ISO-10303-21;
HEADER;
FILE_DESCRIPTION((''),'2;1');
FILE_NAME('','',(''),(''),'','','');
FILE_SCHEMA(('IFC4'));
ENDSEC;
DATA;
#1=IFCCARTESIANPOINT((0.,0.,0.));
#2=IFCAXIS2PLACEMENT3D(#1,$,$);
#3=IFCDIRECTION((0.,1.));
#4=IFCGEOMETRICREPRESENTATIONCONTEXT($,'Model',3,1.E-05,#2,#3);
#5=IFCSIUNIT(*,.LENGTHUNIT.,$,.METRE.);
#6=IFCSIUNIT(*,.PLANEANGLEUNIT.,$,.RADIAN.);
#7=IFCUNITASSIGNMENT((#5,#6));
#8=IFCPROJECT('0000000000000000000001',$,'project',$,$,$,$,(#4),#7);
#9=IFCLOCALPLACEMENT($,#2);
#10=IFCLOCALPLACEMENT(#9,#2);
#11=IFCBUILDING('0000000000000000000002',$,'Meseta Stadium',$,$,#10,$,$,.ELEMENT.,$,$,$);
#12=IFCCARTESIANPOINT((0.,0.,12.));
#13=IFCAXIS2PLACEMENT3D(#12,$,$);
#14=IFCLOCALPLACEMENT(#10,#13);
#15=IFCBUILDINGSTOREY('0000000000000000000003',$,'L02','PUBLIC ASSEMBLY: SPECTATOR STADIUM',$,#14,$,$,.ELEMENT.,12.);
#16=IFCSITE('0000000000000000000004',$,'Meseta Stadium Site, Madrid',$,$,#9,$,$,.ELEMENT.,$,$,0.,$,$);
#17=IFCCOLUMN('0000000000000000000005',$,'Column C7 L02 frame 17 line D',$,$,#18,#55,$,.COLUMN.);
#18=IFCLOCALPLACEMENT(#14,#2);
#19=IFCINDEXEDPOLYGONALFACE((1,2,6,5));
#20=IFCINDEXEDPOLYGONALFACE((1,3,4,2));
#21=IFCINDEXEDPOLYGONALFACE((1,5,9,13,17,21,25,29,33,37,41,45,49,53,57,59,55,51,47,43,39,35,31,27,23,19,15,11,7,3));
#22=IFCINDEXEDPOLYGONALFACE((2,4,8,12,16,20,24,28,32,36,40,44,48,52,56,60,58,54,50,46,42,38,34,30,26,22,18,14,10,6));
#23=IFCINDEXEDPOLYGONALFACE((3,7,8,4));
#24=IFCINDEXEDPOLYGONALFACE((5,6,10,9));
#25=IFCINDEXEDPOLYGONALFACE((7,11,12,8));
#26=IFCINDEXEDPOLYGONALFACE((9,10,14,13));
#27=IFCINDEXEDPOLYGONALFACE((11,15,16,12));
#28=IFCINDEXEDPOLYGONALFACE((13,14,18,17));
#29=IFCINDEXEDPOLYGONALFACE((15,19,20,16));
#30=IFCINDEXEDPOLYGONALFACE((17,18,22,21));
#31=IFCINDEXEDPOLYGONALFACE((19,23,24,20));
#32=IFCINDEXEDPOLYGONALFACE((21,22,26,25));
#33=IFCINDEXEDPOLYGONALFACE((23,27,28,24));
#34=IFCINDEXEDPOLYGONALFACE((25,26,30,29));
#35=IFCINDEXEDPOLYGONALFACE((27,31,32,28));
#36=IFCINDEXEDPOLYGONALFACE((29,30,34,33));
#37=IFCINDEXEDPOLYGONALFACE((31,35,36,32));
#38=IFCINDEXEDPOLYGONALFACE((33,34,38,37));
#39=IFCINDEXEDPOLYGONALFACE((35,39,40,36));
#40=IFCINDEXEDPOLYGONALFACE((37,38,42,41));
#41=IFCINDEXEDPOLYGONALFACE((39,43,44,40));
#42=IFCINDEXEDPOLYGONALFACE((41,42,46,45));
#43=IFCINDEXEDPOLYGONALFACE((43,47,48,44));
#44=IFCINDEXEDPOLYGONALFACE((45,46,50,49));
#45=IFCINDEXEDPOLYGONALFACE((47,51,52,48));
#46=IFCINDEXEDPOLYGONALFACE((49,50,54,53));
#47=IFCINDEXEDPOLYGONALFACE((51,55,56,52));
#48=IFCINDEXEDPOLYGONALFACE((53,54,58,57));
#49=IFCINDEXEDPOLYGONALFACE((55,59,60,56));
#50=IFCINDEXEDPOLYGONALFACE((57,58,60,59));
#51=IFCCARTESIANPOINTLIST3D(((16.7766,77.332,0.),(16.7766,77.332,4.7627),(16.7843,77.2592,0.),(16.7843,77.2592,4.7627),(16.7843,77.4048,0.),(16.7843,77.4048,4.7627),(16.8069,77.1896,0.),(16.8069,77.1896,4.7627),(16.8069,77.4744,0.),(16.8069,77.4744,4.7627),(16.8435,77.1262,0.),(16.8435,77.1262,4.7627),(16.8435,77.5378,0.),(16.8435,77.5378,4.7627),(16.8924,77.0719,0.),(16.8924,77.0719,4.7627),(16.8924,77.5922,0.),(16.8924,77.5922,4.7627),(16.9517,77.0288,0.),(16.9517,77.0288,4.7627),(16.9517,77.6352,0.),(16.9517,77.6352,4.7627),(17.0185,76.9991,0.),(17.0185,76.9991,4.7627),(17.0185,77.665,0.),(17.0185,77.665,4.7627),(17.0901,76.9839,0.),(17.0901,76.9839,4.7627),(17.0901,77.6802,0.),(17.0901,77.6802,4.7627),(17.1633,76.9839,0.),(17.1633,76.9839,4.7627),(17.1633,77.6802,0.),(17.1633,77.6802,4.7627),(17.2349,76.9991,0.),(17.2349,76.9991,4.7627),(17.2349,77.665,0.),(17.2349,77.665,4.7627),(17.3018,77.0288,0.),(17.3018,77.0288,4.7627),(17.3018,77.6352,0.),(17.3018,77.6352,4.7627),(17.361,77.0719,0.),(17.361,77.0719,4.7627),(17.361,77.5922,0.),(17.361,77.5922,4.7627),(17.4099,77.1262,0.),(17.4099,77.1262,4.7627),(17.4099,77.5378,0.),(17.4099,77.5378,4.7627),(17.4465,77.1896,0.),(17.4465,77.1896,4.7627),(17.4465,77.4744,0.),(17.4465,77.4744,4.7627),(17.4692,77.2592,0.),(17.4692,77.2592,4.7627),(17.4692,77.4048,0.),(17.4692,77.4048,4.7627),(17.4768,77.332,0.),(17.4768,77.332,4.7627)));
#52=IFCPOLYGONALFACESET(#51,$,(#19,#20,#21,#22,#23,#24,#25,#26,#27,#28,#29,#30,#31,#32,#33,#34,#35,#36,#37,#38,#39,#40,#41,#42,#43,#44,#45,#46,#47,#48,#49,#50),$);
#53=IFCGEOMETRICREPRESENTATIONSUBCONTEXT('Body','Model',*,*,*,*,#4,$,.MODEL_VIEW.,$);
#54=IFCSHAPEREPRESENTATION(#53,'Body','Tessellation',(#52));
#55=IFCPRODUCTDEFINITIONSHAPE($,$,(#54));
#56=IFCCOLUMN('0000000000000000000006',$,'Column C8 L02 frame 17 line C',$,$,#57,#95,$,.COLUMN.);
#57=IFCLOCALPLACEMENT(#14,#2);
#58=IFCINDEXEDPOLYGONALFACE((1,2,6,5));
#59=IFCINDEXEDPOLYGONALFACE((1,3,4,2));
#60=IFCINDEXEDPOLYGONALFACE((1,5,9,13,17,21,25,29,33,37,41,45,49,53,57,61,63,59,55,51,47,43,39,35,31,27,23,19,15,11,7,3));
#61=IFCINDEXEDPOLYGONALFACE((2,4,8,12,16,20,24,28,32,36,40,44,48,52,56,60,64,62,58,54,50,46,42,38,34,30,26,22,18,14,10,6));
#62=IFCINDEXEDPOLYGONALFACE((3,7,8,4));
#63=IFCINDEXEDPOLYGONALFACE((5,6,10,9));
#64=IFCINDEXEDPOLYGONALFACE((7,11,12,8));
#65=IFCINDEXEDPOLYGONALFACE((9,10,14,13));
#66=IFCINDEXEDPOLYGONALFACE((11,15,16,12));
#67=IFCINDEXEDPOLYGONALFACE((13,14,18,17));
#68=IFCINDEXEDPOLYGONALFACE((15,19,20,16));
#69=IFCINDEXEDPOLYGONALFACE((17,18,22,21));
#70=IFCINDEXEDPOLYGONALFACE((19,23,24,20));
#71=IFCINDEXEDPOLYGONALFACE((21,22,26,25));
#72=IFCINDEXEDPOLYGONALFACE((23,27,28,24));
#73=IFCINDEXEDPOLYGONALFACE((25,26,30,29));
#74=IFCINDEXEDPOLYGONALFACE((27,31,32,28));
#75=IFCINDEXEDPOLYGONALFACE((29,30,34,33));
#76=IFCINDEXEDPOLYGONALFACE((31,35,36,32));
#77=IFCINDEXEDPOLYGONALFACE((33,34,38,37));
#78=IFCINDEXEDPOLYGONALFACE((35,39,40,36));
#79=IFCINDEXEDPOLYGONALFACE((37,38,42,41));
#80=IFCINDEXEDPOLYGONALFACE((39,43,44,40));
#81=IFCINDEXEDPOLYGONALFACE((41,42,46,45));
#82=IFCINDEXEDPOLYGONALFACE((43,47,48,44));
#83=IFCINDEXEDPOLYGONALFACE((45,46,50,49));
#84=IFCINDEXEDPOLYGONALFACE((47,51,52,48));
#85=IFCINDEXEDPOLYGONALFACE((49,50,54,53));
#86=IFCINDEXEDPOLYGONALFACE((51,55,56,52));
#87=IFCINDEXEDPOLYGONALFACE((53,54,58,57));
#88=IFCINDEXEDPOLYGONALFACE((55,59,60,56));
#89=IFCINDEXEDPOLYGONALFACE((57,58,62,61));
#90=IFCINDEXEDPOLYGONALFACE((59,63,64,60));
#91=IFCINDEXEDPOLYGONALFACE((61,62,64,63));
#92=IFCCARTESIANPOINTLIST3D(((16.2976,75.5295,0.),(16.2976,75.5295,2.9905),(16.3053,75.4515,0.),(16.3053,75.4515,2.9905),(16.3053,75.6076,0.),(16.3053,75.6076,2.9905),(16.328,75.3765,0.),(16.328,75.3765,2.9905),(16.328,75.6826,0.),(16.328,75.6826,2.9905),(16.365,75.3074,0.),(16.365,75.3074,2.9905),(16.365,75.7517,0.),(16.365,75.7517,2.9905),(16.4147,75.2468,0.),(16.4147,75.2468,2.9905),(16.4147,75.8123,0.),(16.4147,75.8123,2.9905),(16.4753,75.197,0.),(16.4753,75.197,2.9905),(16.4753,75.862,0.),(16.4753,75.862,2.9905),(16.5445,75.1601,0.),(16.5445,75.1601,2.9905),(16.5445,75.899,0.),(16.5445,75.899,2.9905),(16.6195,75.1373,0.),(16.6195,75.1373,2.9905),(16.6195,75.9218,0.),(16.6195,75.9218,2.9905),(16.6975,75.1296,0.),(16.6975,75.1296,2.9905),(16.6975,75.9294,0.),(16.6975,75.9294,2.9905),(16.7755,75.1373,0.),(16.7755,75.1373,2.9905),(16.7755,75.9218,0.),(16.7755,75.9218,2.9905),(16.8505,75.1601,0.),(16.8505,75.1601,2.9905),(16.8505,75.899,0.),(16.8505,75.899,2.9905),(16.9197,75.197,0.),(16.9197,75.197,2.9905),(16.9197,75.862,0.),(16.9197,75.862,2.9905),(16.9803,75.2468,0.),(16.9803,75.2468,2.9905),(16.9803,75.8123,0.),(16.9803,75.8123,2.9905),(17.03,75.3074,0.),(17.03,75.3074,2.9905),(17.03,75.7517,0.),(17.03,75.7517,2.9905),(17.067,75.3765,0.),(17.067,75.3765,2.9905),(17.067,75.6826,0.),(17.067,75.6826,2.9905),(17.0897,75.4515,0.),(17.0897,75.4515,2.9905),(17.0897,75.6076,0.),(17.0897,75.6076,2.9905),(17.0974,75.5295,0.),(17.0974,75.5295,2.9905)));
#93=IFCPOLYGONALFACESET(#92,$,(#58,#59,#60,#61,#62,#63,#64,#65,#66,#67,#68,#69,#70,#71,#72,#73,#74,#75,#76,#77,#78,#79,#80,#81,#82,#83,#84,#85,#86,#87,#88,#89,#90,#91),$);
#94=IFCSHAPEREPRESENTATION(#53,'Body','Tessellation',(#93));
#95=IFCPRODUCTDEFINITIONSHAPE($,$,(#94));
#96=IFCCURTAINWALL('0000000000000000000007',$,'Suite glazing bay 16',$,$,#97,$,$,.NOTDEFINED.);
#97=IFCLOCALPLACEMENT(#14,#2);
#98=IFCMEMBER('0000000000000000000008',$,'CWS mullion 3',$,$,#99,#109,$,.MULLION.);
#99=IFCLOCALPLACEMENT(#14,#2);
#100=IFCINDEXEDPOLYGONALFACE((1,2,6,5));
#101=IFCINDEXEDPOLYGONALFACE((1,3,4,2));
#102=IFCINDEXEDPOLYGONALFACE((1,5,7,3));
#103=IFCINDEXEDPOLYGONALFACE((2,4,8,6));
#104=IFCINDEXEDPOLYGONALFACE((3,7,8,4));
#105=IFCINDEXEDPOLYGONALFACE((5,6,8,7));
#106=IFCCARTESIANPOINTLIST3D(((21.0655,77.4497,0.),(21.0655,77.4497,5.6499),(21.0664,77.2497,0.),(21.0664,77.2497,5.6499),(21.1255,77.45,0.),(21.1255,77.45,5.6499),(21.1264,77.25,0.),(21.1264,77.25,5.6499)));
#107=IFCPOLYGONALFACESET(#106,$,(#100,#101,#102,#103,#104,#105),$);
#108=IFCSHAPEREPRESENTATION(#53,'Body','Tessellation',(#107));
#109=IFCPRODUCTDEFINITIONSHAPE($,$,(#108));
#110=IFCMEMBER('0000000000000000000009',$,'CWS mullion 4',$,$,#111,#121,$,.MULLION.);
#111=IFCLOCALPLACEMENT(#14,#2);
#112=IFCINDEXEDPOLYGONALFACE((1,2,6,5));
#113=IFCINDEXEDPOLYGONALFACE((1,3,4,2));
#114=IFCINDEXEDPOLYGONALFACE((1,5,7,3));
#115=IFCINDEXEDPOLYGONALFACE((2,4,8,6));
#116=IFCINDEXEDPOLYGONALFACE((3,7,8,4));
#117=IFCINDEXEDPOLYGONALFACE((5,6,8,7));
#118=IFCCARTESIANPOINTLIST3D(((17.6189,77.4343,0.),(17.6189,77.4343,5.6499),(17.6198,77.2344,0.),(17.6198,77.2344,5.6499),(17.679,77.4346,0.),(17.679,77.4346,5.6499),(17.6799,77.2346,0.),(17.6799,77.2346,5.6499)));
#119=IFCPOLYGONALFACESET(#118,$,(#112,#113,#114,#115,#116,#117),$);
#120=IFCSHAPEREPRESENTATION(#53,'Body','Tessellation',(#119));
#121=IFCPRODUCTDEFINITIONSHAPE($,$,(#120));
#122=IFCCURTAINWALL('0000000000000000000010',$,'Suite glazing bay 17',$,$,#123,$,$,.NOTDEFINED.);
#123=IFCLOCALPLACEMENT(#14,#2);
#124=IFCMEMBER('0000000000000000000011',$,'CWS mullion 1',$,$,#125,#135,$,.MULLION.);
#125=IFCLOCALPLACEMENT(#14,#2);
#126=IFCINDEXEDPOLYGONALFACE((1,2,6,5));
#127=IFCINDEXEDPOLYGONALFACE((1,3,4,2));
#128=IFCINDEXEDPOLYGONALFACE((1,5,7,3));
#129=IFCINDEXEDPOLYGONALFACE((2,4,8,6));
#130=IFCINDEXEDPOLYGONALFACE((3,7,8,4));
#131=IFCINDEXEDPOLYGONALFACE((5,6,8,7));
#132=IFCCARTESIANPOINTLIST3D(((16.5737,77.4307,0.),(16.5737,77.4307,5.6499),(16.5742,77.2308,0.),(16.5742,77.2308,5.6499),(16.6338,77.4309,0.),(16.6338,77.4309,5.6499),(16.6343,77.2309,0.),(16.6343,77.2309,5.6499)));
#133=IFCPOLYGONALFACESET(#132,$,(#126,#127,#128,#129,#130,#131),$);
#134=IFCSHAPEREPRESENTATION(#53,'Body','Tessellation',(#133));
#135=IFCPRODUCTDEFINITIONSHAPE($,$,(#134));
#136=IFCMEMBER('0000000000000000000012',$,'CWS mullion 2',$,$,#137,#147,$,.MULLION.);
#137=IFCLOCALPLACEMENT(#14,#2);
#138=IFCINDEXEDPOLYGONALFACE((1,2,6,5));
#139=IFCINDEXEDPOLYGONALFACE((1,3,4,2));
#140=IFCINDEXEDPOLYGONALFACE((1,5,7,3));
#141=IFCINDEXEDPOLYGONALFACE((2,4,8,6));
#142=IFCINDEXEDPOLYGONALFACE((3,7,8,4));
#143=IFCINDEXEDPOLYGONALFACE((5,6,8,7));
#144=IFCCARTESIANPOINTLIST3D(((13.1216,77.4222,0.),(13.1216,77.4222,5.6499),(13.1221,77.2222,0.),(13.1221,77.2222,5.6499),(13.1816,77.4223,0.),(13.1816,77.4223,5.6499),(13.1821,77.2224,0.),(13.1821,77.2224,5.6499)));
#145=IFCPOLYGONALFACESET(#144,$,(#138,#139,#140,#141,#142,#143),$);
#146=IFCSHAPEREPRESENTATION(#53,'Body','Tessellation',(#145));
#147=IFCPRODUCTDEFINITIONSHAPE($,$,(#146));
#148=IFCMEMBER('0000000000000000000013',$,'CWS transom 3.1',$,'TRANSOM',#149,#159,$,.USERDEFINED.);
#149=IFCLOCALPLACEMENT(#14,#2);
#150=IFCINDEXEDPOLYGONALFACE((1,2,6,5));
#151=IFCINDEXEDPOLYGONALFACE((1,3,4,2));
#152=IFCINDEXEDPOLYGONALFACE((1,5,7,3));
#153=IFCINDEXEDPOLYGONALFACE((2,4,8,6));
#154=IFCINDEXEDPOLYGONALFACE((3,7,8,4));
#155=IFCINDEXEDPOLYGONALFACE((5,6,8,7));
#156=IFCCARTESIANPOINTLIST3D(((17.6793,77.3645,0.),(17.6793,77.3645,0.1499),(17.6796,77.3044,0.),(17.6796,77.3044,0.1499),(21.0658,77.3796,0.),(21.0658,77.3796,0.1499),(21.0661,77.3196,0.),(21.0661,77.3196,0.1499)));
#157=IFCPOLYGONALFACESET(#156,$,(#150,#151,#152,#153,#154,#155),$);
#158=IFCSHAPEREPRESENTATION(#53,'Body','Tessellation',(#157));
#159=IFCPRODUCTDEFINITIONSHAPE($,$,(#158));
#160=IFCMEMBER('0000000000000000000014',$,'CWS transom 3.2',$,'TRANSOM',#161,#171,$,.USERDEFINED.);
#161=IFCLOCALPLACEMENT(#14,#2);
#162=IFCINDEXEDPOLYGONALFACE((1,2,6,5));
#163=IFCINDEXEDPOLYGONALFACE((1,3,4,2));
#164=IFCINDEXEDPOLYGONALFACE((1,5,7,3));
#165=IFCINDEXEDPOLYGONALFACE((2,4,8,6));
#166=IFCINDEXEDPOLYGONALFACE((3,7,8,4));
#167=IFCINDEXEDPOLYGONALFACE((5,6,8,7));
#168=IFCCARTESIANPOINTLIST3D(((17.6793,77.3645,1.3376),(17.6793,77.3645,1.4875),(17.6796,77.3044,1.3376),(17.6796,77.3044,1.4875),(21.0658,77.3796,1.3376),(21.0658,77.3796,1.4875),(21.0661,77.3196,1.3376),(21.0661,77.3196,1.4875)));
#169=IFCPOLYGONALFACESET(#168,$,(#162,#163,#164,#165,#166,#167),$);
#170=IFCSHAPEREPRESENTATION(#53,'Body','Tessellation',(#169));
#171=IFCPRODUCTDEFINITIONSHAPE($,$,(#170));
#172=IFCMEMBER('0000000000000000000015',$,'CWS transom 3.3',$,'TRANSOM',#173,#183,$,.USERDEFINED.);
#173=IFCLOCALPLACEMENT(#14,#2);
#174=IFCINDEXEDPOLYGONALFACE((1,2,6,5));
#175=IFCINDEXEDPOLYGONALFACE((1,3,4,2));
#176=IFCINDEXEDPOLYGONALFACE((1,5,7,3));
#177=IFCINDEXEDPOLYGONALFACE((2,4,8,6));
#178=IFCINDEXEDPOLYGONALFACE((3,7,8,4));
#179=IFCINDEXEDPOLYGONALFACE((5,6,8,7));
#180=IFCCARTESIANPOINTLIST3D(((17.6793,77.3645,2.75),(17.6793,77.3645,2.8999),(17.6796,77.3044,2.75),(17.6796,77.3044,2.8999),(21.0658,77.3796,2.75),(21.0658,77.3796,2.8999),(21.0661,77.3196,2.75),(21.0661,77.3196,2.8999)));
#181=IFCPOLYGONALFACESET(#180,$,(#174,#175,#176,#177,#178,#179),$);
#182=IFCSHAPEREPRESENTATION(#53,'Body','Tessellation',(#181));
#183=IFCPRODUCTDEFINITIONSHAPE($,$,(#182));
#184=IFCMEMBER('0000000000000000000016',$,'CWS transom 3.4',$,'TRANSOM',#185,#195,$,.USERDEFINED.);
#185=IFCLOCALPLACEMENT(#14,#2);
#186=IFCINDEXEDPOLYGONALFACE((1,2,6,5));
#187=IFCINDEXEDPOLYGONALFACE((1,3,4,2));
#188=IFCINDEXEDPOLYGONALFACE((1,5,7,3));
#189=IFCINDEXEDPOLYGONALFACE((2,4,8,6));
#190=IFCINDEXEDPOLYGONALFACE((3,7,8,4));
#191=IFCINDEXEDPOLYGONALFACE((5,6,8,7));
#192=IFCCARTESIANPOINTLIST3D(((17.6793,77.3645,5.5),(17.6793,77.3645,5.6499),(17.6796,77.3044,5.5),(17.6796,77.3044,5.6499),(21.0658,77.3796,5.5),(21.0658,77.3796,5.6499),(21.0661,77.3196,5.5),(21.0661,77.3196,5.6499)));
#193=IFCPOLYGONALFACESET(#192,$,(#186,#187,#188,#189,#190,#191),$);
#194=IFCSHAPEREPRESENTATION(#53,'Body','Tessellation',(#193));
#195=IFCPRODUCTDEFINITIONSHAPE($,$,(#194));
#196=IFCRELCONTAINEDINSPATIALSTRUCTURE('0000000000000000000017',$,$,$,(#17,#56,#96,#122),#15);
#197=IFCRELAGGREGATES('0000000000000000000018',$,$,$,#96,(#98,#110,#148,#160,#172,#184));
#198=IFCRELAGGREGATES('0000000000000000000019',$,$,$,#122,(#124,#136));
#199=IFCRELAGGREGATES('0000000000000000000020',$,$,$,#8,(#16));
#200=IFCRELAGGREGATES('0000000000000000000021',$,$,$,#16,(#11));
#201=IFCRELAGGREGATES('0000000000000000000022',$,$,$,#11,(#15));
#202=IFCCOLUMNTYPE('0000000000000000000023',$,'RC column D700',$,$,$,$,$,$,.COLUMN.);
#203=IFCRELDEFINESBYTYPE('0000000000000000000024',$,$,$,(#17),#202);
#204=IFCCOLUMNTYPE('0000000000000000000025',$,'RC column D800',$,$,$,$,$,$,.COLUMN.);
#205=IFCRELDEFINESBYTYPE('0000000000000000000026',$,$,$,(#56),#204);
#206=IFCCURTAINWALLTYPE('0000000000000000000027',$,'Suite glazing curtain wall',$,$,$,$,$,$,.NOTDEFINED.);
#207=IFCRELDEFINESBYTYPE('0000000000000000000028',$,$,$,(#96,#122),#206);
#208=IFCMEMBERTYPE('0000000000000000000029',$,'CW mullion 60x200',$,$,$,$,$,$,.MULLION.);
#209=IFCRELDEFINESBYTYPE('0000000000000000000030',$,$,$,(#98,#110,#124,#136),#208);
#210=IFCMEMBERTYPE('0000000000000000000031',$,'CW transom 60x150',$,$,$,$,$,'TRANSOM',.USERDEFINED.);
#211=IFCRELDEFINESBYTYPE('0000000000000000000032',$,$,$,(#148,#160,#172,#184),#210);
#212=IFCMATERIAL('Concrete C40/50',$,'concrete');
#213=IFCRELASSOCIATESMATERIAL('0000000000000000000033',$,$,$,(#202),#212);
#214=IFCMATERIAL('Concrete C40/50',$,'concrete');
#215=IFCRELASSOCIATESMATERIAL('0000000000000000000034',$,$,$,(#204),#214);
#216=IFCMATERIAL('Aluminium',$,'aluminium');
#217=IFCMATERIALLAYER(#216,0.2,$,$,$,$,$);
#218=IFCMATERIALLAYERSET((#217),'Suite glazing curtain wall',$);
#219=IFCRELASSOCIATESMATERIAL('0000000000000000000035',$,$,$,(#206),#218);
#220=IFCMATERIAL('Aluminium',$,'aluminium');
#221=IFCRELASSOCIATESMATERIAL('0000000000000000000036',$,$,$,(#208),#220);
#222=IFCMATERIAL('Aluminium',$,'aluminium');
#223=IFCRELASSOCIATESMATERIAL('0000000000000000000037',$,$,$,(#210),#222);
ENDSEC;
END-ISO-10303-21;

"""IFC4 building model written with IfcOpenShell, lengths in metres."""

from ifc_helpers import new_model, si_unit, direction, frame, origin, origin_2d, place, context, subcontext, project, spatial, rectangle, circle, extrude, material, layer, layer_set, material_profile, profile_set, type_object, element, aggregate, save


model = new_model("IFC4")

# Units and contexts
model_context = context("Model", 3, precision=1e-05, world=origin(), true_north=direction((0.0, 1.0)))
body_context = subcontext(model_context, "Body", "Model", "MODEL_VIEW")
ifc_project = project(units=[si_unit("LENGTHUNIT", "METRE"), si_unit("PLANEANGLEUNIT", "RADIAN")], contexts=[model_context])

# Site, building, storey
site_placement = place(None, origin())
site = spatial("IfcSite", under=ifc_project, at=site_placement, Name="Meseta Stadium Site, Madrid", CompositionType="ELEMENT", RefElevation=0.0)
building_placement = place(site_placement, origin())
building = spatial("IfcBuilding", under=site, at=building_placement, Name="Meseta Stadium", CompositionType="ELEMENT")
storey_placement = place(building_placement, frame((0.0, 0.0, 12.0)))
storey = spatial("IfcBuildingStorey", under=building, at=storey_placement, Name="L02", Description="PUBLIC ASSEMBLY: SPECTATOR STADIUM", CompositionType="ELEMENT", Elevation=12.0)

# Columns
ifc_material_1 = material(Name="Concrete C40/50", Category="concrete")
ifc_material_profile_1 = material_profile(ifc_material_1, circle(Radius=0.3501, at=origin_2d()), Name="RC D700")
ifc_profile_set_1 = profile_set([ifc_material_profile_1], Name="Concrete C40/50")
column_type_1 = type_object("IfcColumnType", Name="RC column D700", PredefinedType="COLUMN", material=ifc_profile_set_1)
column_1_placement = place(storey_placement, frame((17.1267, 77.332, 0.0), z_axis=(0.0, 0.0, 1.0), x_axis=(1.0, 0.0, 0.0)))
element("IfcColumn", 1, at=column_1_placement, inside=storey, type_object=column_type_1, Name="Column C7 L02 frame 17 line D", PredefinedType="COLUMN", context=body_context, shape_type="SweptSolid", body=[
    extrude(circle(Radius=0.3501, at=origin_2d()), origin(), (0.0, 0.0, 1.0), 4.7627),
])
ifc_material_2 = material(Name="Concrete C40/50", Category="concrete")
ifc_material_profile_2 = material_profile(ifc_material_2, circle(Radius=0.3999, at=origin_2d()), Name="RC D800")
ifc_profile_set_2 = profile_set([ifc_material_profile_2], Name="Concrete C40/50")
column_type_2 = type_object("IfcColumnType", Name="RC column D800", PredefinedType="COLUMN", material=ifc_profile_set_2)
column_2_placement = place(storey_placement, frame((16.6975, 75.5295, 0.0), z_axis=(0.0, 0.0, 1.0), x_axis=(1.0, 0.0, 0.0)))
element("IfcColumn", 2, at=column_2_placement, inside=storey, type_object=column_type_2, Name="Column C8 L02 frame 17 line C", PredefinedType="COLUMN", context=body_context, shape_type="SweptSolid", body=[
    extrude(circle(Radius=0.3999, at=origin_2d()), origin(), (0.0, 0.0, 1.0), 2.9905),
])

# Curtain walls, members
ifc_material_3 = material(Name="Aluminium", Category="aluminium")
ifc_layer_1 = layer(ifc_material_3, 0.2)
ifc_layer_set_1 = layer_set([ifc_layer_1], Name="Suite glazing curtain wall")
curtain_wall_type = type_object("IfcCurtainWallType", Name="Suite glazing curtain wall", PredefinedType="NOTDEFINED", material=ifc_layer_set_1)
curtain_wall_1_placement = place(storey_placement, origin())
curtain_wall_1 = element("IfcCurtainWall", 3, at=curtain_wall_1_placement, inside=storey, type_object=curtain_wall_type, Name="Suite glazing bay 16", PredefinedType="NOTDEFINED")
ifc_material_4 = material(Name="Aluminium", Category="aluminium")
ifc_material_profile_3 = material_profile(ifc_material_4, rectangle(XDim=0.2, YDim=0.0601, at=origin_2d()), Name="CW 200x60")
ifc_profile_set_3 = profile_set([ifc_material_profile_3], Name="Aluminium")
member_type_1 = type_object("IfcMemberType", Name="CW mullion 60x200", PredefinedType="MULLION", material=ifc_profile_set_3)
member_1_placement = place(storey_placement, frame((21.0959, 77.3499, 0.0), z_axis=(0.0, 0.0, 1.0), x_axis=(0.004469, -0.99999, 0.0)))
member_1 = element("IfcMember", 4, at=member_1_placement, type_object=member_type_1, Name="CWS mullion 3", PredefinedType="MULLION", context=body_context, shape_type="SweptSolid", body=[
    extrude(rectangle(XDim=0.2, YDim=0.0601, at=origin_2d()), origin(), (0.0, 0.0, 1.0), 5.6499),
])
member_2_placement = place(storey_placement, frame((17.6494, 77.3345, 0.0), z_axis=(0.0, 0.0, 1.0), x_axis=(0.004469, -0.99999, 0.0)))
member_2 = element("IfcMember", 5, at=member_2_placement, type_object=member_type_1, Name="CWS mullion 4", PredefinedType="MULLION", context=body_context, shape_type="SweptSolid", body=[
    extrude(rectangle(XDim=0.2, YDim=0.0601, at=origin_2d()), origin(), (0.0, 0.0, 1.0), 5.6499),
])
curtain_wall_2_placement = place(storey_placement, origin())
curtain_wall_2 = element("IfcCurtainWall", 6, at=curtain_wall_2_placement, inside=storey, type_object=curtain_wall_type, Name="Suite glazing bay 17", PredefinedType="NOTDEFINED")
member_3_placement = place(storey_placement, frame((16.604, 77.3308, 0.0), z_axis=(0.0, 0.0, 1.0), x_axis=(0.002486, -0.999997, 0.0)))
member_3 = element("IfcMember", 7, at=member_3_placement, type_object=member_type_1, Name="CWS mullion 1", PredefinedType="MULLION", context=body_context, shape_type="SweptSolid", body=[
    extrude(rectangle(XDim=0.2, YDim=0.0601, at=origin_2d()), origin(), (0.0, 0.0, 1.0), 5.6499),
])
member_4_placement = place(storey_placement, frame((13.1519, 77.3223, 0.0), z_axis=(0.0, 0.0, 1.0), x_axis=(0.002486, -0.999997, 0.0)))
member_4 = element("IfcMember", 8, at=member_4_placement, type_object=member_type_1, Name="CWS mullion 2", PredefinedType="MULLION", context=body_context, shape_type="SweptSolid", body=[
    extrude(rectangle(XDim=0.2, YDim=0.0601, at=origin_2d()), origin(), (0.0, 0.0, 1.0), 5.6499),
])

# Members
ifc_material_5 = material(Name="Aluminium", Category="aluminium")
ifc_material_profile_4 = material_profile(ifc_material_5, rectangle(XDim=0.0601, YDim=0.1499, at=origin_2d()), Name="CW 60x150")
ifc_profile_set_4 = profile_set([ifc_material_profile_4], Name="Aluminium")
member_type_2 = type_object("IfcMemberType", Name="CW transom 60x150", ElementType="TRANSOM", PredefinedType="USERDEFINED", material=ifc_profile_set_4)
member_5_placement = place(storey_placement, frame((21.0659, 77.3496, 0.075), z_axis=(-0.99999, -0.00447, 0.0), x_axis=(0.00447, -0.99999, 0.0)))
member_5 = element("IfcMember", 9, at=member_5_placement, type_object=member_type_2, Name="CWS transom 3.1", ObjectType="TRANSOM", PredefinedType="USERDEFINED", context=body_context, shape_type="SweptSolid", body=[
    extrude(rectangle(XDim=0.0601, YDim=0.1499, at=origin_2d()), origin(), (0.0, 0.0, 1.0), 3.3865),
])
member_6_placement = place(storey_placement, frame((21.0659, 77.3496, 1.4126), z_axis=(-0.99999, -0.00447, 0.0), x_axis=(0.00447, -0.99999, 0.0)))
member_6 = element("IfcMember", 10, at=member_6_placement, type_object=member_type_2, Name="CWS transom 3.2", ObjectType="TRANSOM", PredefinedType="USERDEFINED", context=body_context, shape_type="SweptSolid", body=[
    extrude(rectangle(XDim=0.0601, YDim=0.1499, at=origin_2d()), origin(), (0.0, 0.0, 1.0), 3.3865),
])
member_7_placement = place(storey_placement, frame((21.0659, 77.3496, 2.825), z_axis=(-0.99999, -0.00447, 0.0), x_axis=(0.00447, -0.99999, 0.0)))
member_7 = element("IfcMember", 11, at=member_7_placement, type_object=member_type_2, Name="CWS transom 3.3", ObjectType="TRANSOM", PredefinedType="USERDEFINED", context=body_context, shape_type="SweptSolid", body=[
    extrude(rectangle(XDim=0.0601, YDim=0.1499, at=origin_2d()), origin(), (0.0, 0.0, 1.0), 3.3865),
])
member_8_placement = place(storey_placement, frame((21.0659, 77.3496, 5.575), z_axis=(-0.99999, -0.00447, 0.0), x_axis=(0.00447, -0.99999, 0.0)))
member_8 = element("IfcMember", 12, at=member_8_placement, type_object=member_type_2, Name="CWS transom 3.4", ObjectType="TRANSOM", PredefinedType="USERDEFINED", context=body_context, shape_type="SweptSolid", body=[
    extrude(rectangle(XDim=0.0601, YDim=0.1499, at=origin_2d()), origin(), (0.0, 0.0, 1.0), 3.3865),
])

aggregate(curtain_wall_1, [member_1, member_2, member_5, member_6, member_7, member_8])
aggregate(curtain_wall_2, [member_3, member_4])

save(model, "model.ifc")
